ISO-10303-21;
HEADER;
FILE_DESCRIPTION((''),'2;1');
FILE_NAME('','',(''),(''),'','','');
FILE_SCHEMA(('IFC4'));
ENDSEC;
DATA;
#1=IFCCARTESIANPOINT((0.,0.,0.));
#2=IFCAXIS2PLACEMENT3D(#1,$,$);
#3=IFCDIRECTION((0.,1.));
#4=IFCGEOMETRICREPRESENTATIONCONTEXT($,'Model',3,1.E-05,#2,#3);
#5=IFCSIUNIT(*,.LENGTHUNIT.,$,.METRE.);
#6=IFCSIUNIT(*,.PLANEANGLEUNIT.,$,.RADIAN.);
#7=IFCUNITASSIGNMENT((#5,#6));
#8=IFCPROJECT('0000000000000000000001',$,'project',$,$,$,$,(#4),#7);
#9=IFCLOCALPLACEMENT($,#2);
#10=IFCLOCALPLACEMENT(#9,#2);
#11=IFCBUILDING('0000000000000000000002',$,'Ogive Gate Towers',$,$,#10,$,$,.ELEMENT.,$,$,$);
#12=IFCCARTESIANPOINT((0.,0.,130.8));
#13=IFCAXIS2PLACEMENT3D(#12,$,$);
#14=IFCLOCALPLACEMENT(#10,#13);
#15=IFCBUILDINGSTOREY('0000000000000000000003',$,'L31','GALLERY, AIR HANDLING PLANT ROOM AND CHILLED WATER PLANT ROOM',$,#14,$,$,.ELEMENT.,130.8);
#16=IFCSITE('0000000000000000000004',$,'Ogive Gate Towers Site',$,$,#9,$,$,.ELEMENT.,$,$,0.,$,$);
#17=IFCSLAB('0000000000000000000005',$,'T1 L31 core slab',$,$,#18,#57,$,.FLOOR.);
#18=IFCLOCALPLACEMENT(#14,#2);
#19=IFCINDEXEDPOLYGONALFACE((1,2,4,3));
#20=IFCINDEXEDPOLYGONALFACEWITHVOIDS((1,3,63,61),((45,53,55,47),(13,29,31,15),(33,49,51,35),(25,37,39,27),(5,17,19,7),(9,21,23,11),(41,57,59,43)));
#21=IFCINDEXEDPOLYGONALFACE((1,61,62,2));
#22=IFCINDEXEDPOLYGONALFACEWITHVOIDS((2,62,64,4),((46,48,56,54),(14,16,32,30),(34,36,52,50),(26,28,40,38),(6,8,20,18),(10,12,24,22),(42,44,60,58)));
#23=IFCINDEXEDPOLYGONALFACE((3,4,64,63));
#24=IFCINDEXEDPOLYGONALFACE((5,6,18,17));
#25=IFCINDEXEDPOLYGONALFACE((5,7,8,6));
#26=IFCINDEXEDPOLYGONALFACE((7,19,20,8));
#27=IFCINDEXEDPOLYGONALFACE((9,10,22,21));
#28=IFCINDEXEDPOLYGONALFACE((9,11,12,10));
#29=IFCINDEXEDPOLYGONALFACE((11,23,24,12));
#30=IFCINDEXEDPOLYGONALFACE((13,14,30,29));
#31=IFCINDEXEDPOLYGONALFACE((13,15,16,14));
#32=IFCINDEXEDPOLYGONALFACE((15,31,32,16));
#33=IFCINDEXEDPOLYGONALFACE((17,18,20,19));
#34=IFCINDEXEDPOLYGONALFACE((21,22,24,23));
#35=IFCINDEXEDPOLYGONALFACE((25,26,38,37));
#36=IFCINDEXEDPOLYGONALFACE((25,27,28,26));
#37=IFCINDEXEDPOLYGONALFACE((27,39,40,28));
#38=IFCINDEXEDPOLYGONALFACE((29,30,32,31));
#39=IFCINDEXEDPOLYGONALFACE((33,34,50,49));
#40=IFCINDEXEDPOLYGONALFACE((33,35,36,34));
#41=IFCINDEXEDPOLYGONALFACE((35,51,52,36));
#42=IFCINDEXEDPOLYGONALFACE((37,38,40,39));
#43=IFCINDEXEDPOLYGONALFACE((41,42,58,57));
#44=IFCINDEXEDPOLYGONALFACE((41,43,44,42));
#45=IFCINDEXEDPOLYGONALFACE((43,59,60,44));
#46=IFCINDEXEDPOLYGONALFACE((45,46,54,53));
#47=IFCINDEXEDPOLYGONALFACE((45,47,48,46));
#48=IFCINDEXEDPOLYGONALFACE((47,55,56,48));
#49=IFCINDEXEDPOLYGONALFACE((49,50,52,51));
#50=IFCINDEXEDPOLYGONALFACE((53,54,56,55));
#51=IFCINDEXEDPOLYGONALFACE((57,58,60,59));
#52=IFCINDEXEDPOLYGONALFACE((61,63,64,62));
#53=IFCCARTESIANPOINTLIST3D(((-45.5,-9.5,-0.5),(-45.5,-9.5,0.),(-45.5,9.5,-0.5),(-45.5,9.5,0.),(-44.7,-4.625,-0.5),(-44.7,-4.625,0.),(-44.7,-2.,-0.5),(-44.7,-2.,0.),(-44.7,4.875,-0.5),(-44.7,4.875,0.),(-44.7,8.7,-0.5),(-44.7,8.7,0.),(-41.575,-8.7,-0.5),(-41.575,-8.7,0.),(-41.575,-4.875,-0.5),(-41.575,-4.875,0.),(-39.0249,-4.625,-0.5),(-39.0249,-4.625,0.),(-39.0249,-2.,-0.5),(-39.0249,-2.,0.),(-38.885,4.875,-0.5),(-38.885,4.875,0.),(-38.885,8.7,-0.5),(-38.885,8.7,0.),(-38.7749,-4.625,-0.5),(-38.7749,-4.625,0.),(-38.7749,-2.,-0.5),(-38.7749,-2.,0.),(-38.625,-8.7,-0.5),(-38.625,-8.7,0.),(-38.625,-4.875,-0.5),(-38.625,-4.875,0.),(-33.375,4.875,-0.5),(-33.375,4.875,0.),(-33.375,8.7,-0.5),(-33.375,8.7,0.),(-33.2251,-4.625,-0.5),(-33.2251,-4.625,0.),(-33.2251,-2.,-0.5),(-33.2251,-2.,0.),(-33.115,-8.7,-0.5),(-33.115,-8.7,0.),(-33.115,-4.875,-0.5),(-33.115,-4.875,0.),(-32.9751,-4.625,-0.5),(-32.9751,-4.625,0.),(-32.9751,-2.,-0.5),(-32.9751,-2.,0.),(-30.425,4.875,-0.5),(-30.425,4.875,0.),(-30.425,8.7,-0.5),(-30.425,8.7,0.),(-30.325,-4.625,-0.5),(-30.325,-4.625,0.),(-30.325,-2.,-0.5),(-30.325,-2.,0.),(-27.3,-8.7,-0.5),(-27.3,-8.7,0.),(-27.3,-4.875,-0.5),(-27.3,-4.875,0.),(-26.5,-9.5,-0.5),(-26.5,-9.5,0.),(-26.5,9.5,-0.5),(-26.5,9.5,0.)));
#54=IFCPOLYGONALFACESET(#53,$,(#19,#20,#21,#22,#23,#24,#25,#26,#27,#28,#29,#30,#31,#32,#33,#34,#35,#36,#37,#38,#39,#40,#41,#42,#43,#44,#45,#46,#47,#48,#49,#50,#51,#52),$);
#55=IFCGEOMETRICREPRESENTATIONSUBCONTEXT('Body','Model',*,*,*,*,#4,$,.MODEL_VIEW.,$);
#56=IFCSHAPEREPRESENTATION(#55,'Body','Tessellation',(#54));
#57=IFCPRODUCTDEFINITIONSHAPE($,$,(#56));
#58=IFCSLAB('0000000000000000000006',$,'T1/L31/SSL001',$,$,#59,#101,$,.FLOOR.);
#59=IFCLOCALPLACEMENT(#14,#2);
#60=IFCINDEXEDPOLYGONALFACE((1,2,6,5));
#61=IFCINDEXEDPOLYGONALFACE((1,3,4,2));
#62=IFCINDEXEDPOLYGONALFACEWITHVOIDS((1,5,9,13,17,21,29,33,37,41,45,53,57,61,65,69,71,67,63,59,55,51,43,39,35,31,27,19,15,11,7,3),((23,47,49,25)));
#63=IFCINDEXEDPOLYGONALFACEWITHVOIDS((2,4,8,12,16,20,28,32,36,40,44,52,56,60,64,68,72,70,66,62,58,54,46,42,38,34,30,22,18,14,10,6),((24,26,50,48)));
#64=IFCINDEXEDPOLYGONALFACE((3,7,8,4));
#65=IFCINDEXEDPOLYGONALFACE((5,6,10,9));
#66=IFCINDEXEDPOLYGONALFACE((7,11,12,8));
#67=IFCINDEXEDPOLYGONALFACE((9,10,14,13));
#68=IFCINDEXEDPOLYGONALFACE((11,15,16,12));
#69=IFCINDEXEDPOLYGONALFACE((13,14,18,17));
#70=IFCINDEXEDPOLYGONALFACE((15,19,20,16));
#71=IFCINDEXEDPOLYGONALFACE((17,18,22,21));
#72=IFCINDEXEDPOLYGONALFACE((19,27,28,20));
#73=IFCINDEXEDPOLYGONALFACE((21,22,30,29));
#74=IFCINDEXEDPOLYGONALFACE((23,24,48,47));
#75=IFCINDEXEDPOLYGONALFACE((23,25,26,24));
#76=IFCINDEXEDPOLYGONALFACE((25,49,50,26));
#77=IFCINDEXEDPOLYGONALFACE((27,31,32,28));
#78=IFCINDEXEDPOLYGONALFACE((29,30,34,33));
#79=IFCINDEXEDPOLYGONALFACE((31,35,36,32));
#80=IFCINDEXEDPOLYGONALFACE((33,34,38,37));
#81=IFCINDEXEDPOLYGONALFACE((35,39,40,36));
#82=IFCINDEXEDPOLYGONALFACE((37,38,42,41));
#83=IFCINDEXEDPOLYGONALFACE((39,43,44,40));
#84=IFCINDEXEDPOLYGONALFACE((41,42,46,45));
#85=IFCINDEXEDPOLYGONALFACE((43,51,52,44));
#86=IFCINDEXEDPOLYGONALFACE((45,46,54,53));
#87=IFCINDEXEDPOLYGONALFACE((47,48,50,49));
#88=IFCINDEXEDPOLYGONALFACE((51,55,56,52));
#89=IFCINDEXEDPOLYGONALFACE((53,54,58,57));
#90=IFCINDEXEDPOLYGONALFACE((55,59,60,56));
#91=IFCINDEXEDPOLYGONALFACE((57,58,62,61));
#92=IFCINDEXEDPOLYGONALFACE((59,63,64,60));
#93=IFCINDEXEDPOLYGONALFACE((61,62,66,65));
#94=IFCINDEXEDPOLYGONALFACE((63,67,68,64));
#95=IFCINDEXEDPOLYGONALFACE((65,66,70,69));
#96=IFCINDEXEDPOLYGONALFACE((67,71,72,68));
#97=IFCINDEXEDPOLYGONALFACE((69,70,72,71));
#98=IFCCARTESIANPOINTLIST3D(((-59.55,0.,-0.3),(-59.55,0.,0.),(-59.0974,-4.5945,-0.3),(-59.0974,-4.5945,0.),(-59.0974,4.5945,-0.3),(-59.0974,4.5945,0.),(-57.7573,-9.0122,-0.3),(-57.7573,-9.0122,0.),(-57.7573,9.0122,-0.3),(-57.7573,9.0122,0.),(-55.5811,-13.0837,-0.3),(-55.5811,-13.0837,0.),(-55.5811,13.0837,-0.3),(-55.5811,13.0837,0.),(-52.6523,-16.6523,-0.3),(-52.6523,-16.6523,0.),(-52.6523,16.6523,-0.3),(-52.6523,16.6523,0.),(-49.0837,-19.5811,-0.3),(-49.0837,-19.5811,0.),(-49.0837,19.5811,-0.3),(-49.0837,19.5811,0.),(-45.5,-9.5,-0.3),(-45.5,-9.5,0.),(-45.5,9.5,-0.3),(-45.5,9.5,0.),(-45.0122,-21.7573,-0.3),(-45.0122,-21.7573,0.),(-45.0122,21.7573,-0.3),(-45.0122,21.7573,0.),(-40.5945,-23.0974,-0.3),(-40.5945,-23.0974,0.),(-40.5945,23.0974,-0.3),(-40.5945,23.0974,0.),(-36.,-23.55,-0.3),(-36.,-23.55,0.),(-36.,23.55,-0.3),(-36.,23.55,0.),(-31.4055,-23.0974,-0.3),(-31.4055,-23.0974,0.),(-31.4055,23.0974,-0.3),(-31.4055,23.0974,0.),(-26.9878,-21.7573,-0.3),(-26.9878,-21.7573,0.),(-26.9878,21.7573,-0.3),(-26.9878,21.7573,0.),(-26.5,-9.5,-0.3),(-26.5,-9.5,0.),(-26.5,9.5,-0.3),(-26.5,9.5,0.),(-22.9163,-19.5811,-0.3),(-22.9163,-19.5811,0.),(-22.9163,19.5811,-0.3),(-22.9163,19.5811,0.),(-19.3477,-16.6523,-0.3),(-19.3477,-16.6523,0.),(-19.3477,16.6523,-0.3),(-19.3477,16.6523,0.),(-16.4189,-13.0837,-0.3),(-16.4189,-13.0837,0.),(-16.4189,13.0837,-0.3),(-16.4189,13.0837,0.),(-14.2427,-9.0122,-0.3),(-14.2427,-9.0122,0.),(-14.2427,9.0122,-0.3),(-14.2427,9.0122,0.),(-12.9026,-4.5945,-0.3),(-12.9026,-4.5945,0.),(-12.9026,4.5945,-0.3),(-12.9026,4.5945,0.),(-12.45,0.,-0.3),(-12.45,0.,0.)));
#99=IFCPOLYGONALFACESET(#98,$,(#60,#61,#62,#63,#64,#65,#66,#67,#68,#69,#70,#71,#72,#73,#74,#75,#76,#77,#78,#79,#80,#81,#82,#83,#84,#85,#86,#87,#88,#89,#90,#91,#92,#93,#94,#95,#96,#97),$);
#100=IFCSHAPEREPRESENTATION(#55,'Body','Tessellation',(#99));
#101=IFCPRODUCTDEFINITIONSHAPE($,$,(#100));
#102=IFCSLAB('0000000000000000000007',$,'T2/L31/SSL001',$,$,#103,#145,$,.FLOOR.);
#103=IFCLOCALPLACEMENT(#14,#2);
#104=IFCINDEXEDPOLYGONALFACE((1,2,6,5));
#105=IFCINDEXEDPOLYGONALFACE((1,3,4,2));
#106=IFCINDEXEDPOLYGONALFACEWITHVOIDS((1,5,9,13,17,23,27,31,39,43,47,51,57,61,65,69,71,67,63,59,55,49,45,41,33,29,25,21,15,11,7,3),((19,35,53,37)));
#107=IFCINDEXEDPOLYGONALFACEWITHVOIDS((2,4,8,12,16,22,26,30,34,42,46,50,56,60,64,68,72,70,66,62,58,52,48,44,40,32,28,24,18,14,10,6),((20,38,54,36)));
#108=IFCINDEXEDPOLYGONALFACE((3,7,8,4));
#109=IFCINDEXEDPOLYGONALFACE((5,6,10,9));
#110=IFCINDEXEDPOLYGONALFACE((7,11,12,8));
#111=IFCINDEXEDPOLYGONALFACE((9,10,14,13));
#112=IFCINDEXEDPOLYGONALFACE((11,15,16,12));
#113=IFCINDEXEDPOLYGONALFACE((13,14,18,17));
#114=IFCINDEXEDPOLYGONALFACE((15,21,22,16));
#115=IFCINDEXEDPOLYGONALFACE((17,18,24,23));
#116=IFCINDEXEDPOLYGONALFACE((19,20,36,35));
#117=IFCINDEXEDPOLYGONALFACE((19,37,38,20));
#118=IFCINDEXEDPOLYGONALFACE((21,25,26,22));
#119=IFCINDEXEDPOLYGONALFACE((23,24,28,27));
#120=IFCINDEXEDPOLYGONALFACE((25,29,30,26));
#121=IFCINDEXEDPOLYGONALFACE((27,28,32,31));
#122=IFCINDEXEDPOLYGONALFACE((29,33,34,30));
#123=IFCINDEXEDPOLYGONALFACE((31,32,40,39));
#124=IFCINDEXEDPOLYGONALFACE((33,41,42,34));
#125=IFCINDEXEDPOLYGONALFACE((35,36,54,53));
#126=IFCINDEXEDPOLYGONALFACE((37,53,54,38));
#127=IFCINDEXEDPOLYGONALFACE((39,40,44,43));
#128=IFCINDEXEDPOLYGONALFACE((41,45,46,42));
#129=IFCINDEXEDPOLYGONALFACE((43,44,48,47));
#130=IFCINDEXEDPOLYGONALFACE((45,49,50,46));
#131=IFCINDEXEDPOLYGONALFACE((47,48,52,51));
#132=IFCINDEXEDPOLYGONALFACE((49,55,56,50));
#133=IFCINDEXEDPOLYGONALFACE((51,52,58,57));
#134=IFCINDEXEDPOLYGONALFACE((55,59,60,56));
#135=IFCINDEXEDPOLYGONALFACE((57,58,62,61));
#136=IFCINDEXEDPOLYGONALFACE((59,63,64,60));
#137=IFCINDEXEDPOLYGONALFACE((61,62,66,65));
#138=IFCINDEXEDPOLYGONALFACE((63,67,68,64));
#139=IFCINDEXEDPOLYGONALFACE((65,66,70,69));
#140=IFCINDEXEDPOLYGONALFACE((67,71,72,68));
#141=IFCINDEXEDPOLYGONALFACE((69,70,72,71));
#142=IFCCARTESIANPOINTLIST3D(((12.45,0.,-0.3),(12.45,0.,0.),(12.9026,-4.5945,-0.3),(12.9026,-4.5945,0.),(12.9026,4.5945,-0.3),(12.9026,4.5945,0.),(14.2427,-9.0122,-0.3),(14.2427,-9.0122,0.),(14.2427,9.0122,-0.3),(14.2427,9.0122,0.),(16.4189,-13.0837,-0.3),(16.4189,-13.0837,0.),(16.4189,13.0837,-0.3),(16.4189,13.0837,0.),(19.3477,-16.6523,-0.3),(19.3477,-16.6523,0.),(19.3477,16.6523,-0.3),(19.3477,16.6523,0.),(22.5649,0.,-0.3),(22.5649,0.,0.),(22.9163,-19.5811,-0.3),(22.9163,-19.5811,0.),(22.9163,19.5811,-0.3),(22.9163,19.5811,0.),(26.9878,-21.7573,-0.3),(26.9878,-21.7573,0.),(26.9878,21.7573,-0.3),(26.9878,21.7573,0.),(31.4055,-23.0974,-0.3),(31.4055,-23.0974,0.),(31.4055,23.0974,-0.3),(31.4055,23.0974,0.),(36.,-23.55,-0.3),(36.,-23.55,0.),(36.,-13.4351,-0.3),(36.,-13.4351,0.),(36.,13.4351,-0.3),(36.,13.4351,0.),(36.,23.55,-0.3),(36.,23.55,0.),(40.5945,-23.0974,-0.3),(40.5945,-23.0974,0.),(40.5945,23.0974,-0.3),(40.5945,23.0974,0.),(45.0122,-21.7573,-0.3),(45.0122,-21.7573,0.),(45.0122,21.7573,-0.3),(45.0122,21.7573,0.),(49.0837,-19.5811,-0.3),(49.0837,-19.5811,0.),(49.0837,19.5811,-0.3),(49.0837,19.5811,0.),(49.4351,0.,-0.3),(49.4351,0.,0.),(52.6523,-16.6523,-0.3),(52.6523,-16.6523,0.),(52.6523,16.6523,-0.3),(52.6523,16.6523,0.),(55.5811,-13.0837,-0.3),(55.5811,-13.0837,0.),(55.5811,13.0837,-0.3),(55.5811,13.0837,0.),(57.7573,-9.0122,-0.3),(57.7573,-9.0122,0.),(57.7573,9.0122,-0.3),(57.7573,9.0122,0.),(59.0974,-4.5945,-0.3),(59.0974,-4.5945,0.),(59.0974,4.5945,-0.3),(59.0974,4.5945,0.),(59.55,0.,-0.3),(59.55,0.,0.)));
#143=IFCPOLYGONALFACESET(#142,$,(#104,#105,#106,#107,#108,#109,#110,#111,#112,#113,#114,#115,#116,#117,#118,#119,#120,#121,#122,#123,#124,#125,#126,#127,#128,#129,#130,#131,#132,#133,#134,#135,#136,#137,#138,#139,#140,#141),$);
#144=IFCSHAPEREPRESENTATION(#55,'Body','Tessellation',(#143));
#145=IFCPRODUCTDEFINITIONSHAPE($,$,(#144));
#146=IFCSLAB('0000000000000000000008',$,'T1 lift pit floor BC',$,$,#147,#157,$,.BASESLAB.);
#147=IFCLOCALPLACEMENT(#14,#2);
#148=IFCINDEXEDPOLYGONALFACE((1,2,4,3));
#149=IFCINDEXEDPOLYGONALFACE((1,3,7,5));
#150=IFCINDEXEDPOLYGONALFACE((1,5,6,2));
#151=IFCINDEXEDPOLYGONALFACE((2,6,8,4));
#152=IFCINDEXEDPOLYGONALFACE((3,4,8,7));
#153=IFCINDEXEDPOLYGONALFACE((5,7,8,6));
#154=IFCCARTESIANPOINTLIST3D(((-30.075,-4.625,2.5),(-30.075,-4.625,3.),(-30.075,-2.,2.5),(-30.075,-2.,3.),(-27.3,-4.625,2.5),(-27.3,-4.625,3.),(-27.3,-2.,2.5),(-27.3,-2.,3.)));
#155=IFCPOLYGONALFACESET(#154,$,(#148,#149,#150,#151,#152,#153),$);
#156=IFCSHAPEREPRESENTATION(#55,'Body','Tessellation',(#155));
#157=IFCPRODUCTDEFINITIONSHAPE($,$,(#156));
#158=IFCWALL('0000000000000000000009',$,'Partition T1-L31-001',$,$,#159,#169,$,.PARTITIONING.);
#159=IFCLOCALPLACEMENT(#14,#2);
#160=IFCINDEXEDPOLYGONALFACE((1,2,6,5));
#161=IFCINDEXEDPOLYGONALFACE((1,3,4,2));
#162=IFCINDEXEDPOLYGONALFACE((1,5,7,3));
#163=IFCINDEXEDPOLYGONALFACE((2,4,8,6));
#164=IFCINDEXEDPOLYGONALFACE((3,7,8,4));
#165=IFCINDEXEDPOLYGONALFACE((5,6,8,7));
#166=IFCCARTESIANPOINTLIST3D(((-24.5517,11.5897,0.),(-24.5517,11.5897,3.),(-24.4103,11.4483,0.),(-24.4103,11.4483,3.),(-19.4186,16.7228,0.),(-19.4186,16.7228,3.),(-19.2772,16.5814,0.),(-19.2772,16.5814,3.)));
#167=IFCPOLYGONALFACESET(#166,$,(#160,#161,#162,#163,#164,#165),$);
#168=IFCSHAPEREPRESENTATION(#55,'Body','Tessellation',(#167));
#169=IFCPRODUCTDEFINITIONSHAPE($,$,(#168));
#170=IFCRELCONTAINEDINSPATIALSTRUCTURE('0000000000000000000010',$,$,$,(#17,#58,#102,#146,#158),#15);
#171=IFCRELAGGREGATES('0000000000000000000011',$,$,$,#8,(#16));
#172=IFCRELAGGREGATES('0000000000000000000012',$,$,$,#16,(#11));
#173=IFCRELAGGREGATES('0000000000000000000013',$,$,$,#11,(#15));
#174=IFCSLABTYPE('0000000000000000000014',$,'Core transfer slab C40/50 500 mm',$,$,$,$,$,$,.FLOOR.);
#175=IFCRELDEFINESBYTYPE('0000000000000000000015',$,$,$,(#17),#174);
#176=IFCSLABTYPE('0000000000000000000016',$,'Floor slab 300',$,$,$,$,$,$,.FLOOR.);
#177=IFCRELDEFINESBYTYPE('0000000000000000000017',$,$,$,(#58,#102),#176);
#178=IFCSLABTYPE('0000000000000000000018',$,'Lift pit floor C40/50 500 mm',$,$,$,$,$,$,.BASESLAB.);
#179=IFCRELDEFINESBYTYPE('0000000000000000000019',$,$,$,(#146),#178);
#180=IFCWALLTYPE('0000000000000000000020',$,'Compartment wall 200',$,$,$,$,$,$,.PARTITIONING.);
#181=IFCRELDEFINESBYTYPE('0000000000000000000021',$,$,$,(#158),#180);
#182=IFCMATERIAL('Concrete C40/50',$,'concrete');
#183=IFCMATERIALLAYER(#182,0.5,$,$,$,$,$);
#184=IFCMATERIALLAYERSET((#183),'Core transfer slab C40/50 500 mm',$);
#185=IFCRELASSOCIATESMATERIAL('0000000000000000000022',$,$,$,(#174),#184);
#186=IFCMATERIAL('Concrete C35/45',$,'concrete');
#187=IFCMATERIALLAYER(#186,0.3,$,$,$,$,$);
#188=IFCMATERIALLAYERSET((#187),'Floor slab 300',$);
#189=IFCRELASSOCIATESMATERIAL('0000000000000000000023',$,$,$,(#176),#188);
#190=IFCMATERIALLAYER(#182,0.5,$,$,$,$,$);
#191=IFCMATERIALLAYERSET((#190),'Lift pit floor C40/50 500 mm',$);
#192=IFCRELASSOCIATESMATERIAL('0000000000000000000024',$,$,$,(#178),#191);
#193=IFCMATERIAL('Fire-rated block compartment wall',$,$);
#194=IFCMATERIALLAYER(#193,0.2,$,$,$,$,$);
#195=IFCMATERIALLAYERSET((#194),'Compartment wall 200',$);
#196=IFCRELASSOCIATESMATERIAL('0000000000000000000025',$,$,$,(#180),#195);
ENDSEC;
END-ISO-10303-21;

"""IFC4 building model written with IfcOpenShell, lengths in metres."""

from ifc_helpers import new_model, si_unit, direction, frame, frame_2d, origin, place, context, subcontext, project, spatial, polyline, rectangle, outline, extrude, material, layer, layer_set, type_object, element, save


model = new_model("IFC4")

# Units and contexts
model_context = context("Model", 3, precision=1e-05, world=origin(), true_north=direction((0.0, 1.0)))
body_context = subcontext(model_context, "Body", "Model", "MODEL_VIEW")
ifc_project = project(units=[si_unit("LENGTHUNIT", "METRE"), si_unit("PLANEANGLEUNIT", "RADIAN")], contexts=[model_context])

# Site, building, storey
site_placement = place(None, origin())
site = spatial("IfcSite", under=ifc_project, at=site_placement, Name="Ogive Gate Towers Site", CompositionType="ELEMENT", RefElevation=0.0)
building_placement = place(site_placement, origin())
building = spatial("IfcBuilding", under=site, at=building_placement, Name="Ogive Gate Towers", CompositionType="ELEMENT")
storey_placement = place(building_placement, frame((0.0, 0.0, 130.8)))
storey = spatial("IfcBuildingStorey", under=building, at=storey_placement, Name="L31", Description="GALLERY, AIR HANDLING PLANT ROOM AND CHILLED WATER PLANT ROOM", CompositionType="ELEMENT", Elevation=130.8)

# Slabs
ifc_material_1 = material(Name="Concrete C40/50", Category="concrete")
ifc_layer_1 = layer(ifc_material_1, 0.5)
ifc_layer_set_1 = layer_set([ifc_layer_1], Name="Core transfer slab C40/50 500 mm")
slab_type_1 = type_object("IfcSlabType", Name="Core transfer slab C40/50 500 mm", PredefinedType="FLOOR", material=ifc_layer_set_1)
slab_1_placement = place(storey_placement, frame((0.0, 0.0, -0.5)))
element("IfcSlab", 1, at=slab_1_placement, inside=storey, type_object=slab_type_1, Name="T1 L31 core slab", PredefinedType="FLOOR", context=body_context, shape_type="SweptSolid", body=[
    extrude(outline(polyline([(-26.5, -9.5), (-45.5, -9.5), (-45.5, 9.5), (-26.5, 9.5), (-26.5, -9.5)]), holes=[polyline([(-44.7, -2.0), (-44.7, -4.625), (-39.0249, -4.625), (-39.0249, -2.0), (-44.7, -2.0)]), polyline([(-33.2251, -2.0), (-38.7749, -2.0), (-38.7749, -4.625), (-33.2251, -4.625), (-33.2251, -2.0)]), polyline([(-30.325, -4.625), (-30.325, -2.0), (-32.9751, -2.0), (-32.9751, -4.625), (-30.325, -4.625)]), polyline([(-33.375, 4.875), (-30.425, 4.875), (-30.425, 8.7), (-33.375, 8.7), (-33.375, 4.875)]), polyline([(-41.575, -4.875), (-41.575, -8.7), (-38.625, -8.7), (-38.625, -4.875), (-41.575, -4.875)]), polyline([(-44.7, 4.875), (-38.885, 4.875), (-38.885, 8.7), (-44.7, 8.7), (-44.7, 4.875)]), polyline([(-27.3, -8.7), (-27.3, -4.875), (-33.115, -4.875), (-33.115, -8.7), (-27.3, -8.7)])]), origin(), (0.0, 0.0, 1.0), 0.5),
])
ifc_material_2 = material(Name="Concrete C35/45", Category="concrete")
ifc_layer_2 = layer(ifc_material_2, 0.3)
ifc_layer_set_2 = layer_set([ifc_layer_2], Name="Floor slab 300")
slab_type_2 = type_object("IfcSlabType", Name="Floor slab 300", PredefinedType="FLOOR", material=ifc_layer_set_2)
slab_2_placement = place(storey_placement, frame((0.0, 0.0, -0.3)))
element("IfcSlab", 2, at=slab_2_placement, inside=storey, type_object=slab_type_2, Name="T1/L31/SSL001", PredefinedType="FLOOR", context=body_context, shape_type="SweptSolid", body=[
    extrude(outline(polyline([(-12.9026, -4.5945), (-12.45, 0.0), (-12.9026, 4.5945), (-14.2427, 9.0122), (-16.4189, 13.0837), (-19.3477, 16.6523), (-22.9163, 19.5811), (-26.9878, 21.7573), (-31.4055, 23.0974), (-36.0, 23.55), (-40.5945, 23.0974), (-45.0122, 21.7573), (-49.0837, 19.5811), (-52.6523, 16.6523), (-55.5811, 13.0837), (-57.7573, 9.0122), (-59.0974, 4.5945), (-59.55, 0.0), (-59.0974, -4.5945), (-57.7573, -9.0122), (-55.5811, -13.0837), (-52.6523, -16.6523), (-49.0837, -19.5811), (-45.0122, -21.7573), (-40.5945, -23.0974), (-36.0, -23.55), (-31.4055, -23.0974), (-26.9878, -21.7573), (-22.9163, -19.5811), (-19.3477, -16.6523), (-16.4189, -13.0837), (-14.2427, -9.0122), (-12.9026, -4.5945)]), holes=[polyline([(-26.5, -9.5), (-45.5, -9.5), (-45.5, 9.5), (-26.5, 9.5), (-26.5, -9.5)])]), origin(), (0.0, 0.0, 1.0), 0.3),
])
slab_3_placement = place(storey_placement, frame((0.0, 0.0, -0.3)))
element("IfcSlab", 3, at=slab_3_placement, inside=storey, type_object=slab_type_2, Name="T2/L31/SSL001", PredefinedType="FLOOR", context=body_context, shape_type="SweptSolid", body=[
    extrude(outline(polyline([(59.0974, -4.5945), (59.55, 0.0), (59.0974, 4.5945), (57.7573, 9.0122), (55.5811, 13.0837), (52.6523, 16.6523), (49.0837, 19.5811), (45.0122, 21.7573), (40.5945, 23.0974), (36.0, 23.55), (31.4055, 23.0974), (26.9878, 21.7573), (22.9163, 19.5811), (19.3477, 16.6523), (16.4189, 13.0837), (14.2427, 9.0122), (12.9026, 4.5945), (12.45, 0.0), (12.9026, -4.5945), (14.2427, -9.0122), (16.4189, -13.0837), (19.3477, -16.6523), (22.9163, -19.5811), (26.9878, -21.7573), (31.4055, -23.0974), (36.0, -23.55), (40.5945, -23.0974), (45.0122, -21.7573), (49.0837, -19.5811), (52.6523, -16.6523), (55.5811, -13.0837), (57.7573, -9.0122), (59.0974, -4.5945)]), holes=[polyline([(49.4351, 0.0), (36.0, -13.4351), (22.5649, 0.0), (36.0, 13.4351), (49.4351, 0.0)])]), origin(), (0.0, 0.0, 1.0), 0.3),
])
ifc_layer_3 = layer(ifc_material_1, 0.5)
ifc_layer_set_3 = layer_set([ifc_layer_3], Name="Lift pit floor C40/50 500 mm")
slab_type_3 = type_object("IfcSlabType", Name="Lift pit floor C40/50 500 mm", PredefinedType="BASESLAB", material=ifc_layer_set_3)
slab_4_placement = place(storey_placement, frame((0.0, 0.0, 2.5)))
element("IfcSlab", 4, at=slab_4_placement, inside=storey, type_object=slab_type_3, Name="T1 lift pit floor BC", PredefinedType="BASESLAB", context=body_context, shape_type="SweptSolid", body=[
    extrude(outline(polyline([(-30.075, -4.625), (-27.3, -4.625), (-27.3, -2.0), (-30.075, -2.0), (-30.075, -4.625)])), origin(), (0.0, 0.0, 1.0), 0.5),
])

# Wall
ifc_material_3 = material(Name="Fire-rated block compartment wall")
ifc_layer_4 = layer(ifc_material_3, 0.2)
ifc_layer_set_4 = layer_set([ifc_layer_4], Name="Compartment wall 200")
wall_type_1 = type_object("IfcWallType", Name="Compartment wall 200", PredefinedType="PARTITIONING", material=ifc_layer_set_4)
wall_1_placement = place(storey_placement, frame((-19.3479, 16.6521, 0.0), z_axis=(0.0, 0.0, 1.0), x_axis=(-0.707107, -0.707107, 0.0)))
element("IfcWall", 5, at=wall_1_placement, inside=storey, type_object=wall_type_1, Name="Partition T1-L31-001", PredefinedType="PARTITIONING", context=body_context, shape_type="SweptSolid", body=[
    extrude(rectangle(XDim=7.2593, YDim=0.2, at=frame_2d((3.6296, 0.0))), origin(), (0.0, 0.0, 1.0), 3.0),
])

save(model, "model.ifc")
